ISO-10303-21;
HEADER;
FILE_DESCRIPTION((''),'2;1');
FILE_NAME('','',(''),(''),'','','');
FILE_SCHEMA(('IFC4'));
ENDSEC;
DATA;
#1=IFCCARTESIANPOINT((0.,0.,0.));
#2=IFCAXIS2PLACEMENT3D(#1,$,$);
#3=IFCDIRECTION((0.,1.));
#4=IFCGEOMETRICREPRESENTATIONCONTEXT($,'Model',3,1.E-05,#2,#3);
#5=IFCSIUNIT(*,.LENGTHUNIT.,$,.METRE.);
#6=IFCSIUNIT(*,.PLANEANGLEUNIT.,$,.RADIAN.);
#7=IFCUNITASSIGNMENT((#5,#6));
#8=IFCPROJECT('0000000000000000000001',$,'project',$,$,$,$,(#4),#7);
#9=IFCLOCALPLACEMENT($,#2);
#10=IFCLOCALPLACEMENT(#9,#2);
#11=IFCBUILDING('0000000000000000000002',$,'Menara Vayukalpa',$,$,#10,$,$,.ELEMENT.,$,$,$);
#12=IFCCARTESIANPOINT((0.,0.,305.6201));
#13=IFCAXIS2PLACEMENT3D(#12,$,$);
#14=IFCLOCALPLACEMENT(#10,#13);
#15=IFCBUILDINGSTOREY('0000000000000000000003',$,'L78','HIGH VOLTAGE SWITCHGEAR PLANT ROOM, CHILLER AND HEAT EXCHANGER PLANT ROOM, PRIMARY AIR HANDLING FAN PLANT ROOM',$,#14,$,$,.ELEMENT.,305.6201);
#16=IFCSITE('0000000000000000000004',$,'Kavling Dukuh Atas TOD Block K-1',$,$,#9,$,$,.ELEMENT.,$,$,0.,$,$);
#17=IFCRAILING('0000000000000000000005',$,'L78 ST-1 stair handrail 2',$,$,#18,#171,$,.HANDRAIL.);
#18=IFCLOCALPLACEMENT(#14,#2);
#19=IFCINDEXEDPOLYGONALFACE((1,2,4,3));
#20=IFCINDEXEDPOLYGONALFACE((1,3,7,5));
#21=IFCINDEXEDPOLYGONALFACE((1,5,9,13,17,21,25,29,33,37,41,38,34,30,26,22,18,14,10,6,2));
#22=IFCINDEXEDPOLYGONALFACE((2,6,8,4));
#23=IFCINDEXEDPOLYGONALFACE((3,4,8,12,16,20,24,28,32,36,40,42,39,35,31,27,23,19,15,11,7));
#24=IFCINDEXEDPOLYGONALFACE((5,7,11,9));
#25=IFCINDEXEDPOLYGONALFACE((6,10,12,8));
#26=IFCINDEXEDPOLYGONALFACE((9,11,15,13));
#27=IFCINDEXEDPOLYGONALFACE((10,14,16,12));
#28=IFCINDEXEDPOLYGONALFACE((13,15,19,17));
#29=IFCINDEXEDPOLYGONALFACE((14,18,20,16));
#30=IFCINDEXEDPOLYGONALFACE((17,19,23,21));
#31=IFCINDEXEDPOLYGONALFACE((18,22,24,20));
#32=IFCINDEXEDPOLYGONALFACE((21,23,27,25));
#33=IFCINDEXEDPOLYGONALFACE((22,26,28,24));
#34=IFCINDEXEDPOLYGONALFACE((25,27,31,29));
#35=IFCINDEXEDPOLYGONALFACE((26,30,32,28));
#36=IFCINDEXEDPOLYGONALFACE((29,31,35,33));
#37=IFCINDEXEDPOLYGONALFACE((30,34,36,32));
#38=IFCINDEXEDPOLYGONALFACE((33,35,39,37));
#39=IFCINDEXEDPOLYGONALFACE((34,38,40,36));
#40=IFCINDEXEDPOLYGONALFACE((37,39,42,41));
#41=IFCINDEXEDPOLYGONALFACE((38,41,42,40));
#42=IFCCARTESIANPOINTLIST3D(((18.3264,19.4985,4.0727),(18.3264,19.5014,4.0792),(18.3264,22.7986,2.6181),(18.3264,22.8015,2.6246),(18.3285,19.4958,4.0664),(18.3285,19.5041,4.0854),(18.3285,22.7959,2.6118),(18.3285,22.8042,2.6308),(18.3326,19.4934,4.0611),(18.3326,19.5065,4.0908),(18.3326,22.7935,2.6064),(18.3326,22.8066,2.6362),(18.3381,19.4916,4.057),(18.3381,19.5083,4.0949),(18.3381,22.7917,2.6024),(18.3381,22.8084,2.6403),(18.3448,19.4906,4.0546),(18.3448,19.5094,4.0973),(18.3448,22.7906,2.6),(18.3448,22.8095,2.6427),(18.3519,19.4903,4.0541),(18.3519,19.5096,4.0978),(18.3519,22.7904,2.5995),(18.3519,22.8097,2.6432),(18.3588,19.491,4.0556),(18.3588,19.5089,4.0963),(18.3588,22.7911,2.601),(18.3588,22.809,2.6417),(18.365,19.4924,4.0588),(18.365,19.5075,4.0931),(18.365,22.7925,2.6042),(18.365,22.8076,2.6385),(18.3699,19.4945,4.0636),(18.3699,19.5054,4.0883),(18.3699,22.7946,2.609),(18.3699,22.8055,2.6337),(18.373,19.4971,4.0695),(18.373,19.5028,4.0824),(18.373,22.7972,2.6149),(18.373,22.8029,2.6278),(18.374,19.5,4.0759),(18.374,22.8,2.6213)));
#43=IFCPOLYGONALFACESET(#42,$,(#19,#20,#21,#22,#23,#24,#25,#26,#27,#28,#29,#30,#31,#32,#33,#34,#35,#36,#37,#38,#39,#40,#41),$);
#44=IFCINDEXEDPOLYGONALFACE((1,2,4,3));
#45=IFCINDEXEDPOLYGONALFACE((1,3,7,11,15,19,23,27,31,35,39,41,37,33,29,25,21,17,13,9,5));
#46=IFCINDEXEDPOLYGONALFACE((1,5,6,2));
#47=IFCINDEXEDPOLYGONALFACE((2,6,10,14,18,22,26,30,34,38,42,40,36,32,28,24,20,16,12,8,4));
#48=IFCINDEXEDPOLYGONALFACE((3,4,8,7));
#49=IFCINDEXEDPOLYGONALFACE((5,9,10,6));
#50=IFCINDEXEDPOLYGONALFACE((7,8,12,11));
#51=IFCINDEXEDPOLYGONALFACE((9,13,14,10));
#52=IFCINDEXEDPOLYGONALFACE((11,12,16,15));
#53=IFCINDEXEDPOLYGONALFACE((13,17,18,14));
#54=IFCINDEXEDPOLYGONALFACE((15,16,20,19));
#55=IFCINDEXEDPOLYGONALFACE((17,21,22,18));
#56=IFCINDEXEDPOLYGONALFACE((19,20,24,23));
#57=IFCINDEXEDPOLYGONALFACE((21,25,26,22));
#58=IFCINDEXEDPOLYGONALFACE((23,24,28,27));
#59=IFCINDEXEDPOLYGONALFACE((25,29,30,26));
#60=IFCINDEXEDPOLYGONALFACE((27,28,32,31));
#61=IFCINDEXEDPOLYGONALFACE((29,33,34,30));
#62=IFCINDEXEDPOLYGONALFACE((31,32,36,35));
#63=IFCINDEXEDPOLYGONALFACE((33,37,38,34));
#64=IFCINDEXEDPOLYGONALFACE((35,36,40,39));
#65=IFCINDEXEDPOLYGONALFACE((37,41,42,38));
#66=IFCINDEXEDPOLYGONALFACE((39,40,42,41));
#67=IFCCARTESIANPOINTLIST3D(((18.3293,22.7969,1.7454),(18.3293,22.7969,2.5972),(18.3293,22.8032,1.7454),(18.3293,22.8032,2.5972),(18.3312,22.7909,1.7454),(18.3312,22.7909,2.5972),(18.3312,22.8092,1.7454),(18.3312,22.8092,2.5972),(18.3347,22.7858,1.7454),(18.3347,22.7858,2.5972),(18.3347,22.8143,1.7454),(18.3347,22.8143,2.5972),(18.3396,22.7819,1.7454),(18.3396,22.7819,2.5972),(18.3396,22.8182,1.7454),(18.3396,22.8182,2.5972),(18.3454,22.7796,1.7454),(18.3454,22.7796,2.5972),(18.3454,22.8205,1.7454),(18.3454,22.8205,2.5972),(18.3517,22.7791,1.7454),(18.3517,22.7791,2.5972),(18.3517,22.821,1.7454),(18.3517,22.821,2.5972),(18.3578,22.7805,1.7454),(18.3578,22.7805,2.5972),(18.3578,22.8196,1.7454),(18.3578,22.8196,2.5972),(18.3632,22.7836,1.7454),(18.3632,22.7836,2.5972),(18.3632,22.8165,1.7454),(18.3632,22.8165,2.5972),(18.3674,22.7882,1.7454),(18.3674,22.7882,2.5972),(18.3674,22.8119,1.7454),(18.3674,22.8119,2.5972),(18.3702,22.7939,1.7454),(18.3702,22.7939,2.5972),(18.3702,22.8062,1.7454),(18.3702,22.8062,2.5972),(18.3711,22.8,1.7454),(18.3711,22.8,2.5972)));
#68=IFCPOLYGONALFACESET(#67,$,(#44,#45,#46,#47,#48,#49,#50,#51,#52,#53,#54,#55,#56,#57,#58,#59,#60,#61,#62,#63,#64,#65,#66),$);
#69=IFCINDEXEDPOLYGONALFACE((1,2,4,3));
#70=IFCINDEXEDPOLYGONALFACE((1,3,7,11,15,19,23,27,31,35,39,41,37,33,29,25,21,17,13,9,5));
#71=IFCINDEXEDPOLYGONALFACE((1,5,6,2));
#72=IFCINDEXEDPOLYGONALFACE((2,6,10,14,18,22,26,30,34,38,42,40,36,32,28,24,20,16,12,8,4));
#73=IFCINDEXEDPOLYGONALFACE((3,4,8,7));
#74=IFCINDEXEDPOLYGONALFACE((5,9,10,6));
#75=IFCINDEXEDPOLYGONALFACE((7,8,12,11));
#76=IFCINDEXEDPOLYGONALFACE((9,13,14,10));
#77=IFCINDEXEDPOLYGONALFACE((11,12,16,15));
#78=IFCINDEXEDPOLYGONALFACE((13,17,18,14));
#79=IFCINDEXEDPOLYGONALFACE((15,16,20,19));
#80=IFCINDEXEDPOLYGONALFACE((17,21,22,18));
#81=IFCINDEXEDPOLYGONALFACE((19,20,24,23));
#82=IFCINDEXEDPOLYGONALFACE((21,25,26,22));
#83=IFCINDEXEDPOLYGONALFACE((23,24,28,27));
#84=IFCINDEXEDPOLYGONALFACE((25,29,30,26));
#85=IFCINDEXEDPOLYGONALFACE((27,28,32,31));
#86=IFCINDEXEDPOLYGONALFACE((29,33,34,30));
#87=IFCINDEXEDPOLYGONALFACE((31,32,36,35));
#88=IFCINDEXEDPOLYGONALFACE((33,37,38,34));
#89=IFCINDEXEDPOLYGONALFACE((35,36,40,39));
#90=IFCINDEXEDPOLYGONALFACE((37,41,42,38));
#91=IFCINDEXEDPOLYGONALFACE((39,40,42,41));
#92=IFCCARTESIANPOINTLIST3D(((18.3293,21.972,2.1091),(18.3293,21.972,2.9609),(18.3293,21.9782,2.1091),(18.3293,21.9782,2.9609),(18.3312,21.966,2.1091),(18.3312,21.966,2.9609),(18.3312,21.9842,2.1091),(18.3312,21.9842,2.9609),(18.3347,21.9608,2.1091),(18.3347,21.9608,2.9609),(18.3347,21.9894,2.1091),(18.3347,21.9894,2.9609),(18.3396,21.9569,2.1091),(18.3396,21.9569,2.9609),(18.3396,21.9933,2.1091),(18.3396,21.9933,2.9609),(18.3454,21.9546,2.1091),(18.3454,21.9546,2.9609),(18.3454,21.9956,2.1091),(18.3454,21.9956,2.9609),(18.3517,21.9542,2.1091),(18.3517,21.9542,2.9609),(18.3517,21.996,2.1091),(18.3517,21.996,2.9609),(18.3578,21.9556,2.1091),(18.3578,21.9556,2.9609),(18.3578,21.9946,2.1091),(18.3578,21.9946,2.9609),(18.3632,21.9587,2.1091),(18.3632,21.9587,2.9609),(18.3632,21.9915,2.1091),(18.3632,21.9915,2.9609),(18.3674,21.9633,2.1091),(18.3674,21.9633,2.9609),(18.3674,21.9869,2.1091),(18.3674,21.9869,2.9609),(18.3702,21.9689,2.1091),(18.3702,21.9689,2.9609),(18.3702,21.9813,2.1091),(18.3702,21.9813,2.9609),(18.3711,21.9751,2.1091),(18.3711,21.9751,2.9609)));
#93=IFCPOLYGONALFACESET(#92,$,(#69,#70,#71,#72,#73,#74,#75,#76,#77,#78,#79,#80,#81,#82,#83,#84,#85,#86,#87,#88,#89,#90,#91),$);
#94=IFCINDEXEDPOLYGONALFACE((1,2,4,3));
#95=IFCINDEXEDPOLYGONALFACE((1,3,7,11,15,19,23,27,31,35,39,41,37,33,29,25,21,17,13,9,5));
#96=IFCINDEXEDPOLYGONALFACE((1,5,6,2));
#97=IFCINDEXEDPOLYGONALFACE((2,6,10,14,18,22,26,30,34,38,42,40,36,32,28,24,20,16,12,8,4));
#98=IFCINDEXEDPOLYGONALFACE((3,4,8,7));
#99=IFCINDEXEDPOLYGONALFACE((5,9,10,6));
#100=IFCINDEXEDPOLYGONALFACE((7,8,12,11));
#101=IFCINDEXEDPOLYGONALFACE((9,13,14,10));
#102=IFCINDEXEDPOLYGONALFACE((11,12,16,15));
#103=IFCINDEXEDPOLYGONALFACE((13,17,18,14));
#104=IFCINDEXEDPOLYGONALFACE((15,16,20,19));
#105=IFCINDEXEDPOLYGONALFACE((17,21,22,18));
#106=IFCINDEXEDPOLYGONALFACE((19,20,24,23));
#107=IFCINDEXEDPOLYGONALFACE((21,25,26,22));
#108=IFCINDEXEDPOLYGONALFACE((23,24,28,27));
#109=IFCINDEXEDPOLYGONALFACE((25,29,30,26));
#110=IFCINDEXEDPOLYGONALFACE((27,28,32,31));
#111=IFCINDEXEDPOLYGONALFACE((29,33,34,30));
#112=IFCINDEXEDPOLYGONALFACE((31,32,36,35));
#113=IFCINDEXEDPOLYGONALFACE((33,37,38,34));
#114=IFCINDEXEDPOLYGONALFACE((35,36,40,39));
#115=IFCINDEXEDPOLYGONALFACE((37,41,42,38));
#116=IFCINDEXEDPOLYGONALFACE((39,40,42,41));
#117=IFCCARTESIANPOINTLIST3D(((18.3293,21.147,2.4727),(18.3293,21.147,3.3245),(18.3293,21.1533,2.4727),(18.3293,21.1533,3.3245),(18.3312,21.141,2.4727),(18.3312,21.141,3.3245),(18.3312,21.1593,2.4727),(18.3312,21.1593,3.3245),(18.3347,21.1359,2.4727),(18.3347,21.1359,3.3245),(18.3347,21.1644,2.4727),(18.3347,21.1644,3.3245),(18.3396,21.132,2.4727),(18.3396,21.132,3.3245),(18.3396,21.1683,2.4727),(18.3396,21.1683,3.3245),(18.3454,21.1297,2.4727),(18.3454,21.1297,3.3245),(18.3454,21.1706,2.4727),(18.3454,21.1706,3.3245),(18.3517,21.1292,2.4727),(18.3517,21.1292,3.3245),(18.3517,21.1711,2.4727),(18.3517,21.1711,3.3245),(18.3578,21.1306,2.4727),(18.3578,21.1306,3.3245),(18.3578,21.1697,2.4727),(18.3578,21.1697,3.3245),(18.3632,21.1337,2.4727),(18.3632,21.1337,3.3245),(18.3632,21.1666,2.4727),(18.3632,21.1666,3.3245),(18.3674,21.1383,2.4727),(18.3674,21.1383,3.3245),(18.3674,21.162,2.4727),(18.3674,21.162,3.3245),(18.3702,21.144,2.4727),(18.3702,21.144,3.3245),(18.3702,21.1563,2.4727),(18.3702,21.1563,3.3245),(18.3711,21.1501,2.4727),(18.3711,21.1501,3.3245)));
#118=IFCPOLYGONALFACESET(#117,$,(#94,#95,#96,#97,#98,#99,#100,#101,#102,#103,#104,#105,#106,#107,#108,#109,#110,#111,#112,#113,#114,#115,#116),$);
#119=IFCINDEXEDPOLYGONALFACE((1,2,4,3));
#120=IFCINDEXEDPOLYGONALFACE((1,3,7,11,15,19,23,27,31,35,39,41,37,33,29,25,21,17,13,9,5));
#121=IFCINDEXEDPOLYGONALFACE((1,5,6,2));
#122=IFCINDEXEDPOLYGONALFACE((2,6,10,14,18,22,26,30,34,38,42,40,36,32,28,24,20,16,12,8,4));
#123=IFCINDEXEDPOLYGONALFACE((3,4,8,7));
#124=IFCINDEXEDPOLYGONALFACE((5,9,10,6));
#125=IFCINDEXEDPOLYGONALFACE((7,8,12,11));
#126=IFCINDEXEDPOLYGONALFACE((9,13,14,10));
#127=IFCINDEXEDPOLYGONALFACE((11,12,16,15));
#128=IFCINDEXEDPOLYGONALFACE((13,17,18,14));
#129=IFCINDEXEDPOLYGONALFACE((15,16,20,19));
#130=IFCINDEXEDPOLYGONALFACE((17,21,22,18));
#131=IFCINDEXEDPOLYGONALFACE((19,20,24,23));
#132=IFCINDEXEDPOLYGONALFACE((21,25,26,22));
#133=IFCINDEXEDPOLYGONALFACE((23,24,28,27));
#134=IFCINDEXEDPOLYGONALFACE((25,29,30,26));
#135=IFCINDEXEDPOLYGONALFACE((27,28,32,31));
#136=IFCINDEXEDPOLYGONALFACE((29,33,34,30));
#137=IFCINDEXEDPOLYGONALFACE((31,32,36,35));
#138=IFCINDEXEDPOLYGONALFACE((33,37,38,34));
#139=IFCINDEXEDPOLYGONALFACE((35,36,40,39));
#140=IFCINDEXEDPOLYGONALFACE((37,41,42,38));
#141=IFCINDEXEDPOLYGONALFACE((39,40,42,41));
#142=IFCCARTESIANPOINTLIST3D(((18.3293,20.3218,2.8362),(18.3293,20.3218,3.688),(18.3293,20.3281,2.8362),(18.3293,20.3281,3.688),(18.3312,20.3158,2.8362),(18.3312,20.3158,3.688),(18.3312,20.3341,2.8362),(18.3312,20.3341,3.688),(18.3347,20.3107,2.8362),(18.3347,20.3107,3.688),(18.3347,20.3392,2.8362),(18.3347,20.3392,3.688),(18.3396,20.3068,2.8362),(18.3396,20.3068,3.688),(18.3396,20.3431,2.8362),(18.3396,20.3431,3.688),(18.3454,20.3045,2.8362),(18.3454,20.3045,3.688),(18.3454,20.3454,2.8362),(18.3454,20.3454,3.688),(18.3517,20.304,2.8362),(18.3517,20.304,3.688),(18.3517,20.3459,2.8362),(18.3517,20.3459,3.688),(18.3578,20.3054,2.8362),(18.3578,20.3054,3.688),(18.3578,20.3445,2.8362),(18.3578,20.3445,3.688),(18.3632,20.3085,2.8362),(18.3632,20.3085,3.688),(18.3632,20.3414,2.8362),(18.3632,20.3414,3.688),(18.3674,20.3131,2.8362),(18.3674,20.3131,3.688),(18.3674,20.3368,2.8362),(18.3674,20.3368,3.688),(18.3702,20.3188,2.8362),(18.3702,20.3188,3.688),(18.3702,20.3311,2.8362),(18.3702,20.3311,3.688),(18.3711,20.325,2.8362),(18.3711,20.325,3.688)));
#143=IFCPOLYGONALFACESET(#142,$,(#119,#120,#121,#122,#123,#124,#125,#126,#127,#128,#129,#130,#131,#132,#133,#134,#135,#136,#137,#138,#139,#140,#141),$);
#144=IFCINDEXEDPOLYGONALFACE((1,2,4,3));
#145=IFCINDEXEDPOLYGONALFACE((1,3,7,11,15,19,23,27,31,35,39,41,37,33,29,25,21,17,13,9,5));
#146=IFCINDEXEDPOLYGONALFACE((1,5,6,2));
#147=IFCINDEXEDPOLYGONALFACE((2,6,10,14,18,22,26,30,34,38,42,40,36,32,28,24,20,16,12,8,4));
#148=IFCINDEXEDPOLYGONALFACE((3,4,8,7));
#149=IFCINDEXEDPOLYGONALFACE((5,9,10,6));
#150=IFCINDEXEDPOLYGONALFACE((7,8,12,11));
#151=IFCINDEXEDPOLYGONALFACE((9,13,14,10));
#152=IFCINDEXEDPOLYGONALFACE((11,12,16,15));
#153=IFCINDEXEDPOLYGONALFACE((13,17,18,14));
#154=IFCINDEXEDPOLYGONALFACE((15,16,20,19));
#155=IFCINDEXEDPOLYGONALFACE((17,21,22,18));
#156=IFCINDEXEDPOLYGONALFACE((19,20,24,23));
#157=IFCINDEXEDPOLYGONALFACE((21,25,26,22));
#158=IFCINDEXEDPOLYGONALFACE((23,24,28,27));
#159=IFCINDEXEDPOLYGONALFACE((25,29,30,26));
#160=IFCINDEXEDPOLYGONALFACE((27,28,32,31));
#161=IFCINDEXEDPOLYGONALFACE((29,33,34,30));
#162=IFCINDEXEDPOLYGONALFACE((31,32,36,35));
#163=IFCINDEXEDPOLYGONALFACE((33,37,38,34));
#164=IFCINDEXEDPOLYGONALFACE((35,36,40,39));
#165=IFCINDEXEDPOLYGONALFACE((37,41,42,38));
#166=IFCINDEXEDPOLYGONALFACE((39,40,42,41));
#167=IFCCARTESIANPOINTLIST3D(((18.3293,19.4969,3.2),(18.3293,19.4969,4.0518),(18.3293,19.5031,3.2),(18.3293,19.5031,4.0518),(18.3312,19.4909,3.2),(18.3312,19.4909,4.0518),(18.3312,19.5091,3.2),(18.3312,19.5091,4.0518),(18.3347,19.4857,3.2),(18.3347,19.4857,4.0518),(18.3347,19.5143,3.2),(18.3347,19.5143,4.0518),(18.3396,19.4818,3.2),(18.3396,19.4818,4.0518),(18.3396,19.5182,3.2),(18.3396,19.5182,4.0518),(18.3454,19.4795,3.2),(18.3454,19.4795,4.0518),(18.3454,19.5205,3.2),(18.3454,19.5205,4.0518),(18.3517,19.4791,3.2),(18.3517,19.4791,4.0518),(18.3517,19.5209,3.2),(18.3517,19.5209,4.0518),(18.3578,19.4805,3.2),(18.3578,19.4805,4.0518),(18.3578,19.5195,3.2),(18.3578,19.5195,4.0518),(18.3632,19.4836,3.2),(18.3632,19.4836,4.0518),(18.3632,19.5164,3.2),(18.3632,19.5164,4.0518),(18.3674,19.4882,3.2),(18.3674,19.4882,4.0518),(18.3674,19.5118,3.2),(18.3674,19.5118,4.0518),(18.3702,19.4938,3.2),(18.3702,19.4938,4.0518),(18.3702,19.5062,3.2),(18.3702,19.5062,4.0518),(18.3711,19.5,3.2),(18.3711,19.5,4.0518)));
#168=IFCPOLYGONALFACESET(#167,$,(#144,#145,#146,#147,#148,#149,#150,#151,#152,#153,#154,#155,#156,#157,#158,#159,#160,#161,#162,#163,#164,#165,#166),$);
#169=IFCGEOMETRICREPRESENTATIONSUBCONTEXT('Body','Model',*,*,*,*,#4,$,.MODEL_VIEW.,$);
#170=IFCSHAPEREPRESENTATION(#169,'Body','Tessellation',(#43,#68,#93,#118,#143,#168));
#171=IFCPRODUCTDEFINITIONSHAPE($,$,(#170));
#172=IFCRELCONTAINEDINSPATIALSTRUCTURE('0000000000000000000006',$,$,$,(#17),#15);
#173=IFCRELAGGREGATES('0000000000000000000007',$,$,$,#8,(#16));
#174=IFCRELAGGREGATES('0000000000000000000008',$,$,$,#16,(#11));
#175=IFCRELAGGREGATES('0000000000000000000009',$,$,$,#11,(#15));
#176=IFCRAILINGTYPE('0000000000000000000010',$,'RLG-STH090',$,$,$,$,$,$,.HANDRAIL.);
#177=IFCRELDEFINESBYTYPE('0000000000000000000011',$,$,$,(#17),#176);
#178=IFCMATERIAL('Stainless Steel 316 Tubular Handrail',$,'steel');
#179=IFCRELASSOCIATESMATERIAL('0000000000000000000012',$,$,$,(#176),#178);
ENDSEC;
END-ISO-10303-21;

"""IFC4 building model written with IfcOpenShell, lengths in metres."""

from ifc_helpers import new_model, si_unit, direction, frame, origin, origin_2d, place, context, subcontext, project, spatial, circle, extrude, material, type_object, element, save


model = new_model("IFC4")

# Units and contexts
model_context = context("Model", 3, precision=1e-05, world=origin(), true_north=direction((0.0, 1.0)))
body_context = subcontext(model_context, "Body", "Model", "MODEL_VIEW")
ifc_project = project(units=[si_unit("LENGTHUNIT", "METRE"), si_unit("PLANEANGLEUNIT", "RADIAN")], contexts=[model_context])

# Site, building, storey
site_placement = place(None, origin())
site = spatial("IfcSite", under=ifc_project, at=site_placement, Name="Kavling Dukuh Atas TOD Block K-1", CompositionType="ELEMENT", RefElevation=0.0)
building_placement = place(site_placement, origin())
building = spatial("IfcBuilding", under=site, at=building_placement, Name="Menara Vayukalpa", CompositionType="ELEMENT")
storey_placement = place(building_placement, frame((0.0, 0.0, 305.6201)))
storey = spatial("IfcBuildingStorey", under=building, at=storey_placement, Name="L78", Description="HIGH VOLTAGE SWITCHGEAR PLANT ROOM, CHILLER AND HEAT EXCHANGER PLANT ROOM, PRIMARY AIR HANDLING FAN PLANT ROOM", CompositionType="ELEMENT", Elevation=305.6201)

# Railing
ifc_material_1 = material(Name="Stainless Steel 316 Tubular Handrail", Category="steel")
railing_type_1 = type_object("IfcRailingType", Name="RLG-STH090", PredefinedType="HANDRAIL", material=ifc_material_1)
railing_1_placement = place(storey_placement, frame((18.3501, 22.8, 1.7454)))
element("IfcRailing", 1, at=railing_1_placement, inside=storey, type_object=railing_type_1, Name="L78 ST-1 stair handrail 2", PredefinedType="HANDRAIL", context=body_context, shape_type="SweptSolid", body=[
    extrude(circle(Radius=0.0239, at=origin_2d()), frame((0.0, 0.0, 0.876), z_axis=(0.0, -0.915052, 0.403335), x_axis=(1.0, 0.0, 0.0)), (0.0, 0.0, 1.0), 3.6064),
    extrude(circle(Radius=0.021, at=origin_2d()), origin(), (0.0, 0.0, 1.0), 0.8518),
    extrude(circle(Radius=0.021, at=origin_2d()), frame((0.0, -0.825, 0.3638)), (0.0, 0.0, 1.0), 0.8518),
    extrude(circle(Radius=0.021, at=origin_2d()), frame((0.0, -1.6499, 0.7273)), (0.0, 0.0, 1.0), 0.8518),
    extrude(circle(Radius=0.021, at=origin_2d()), frame((0.0, -2.4751, 1.0908)), (0.0, 0.0, 1.0), 0.8518),
    extrude(circle(Radius=0.021, at=origin_2d()), frame((0.0, -3.3, 1.4546)), (0.0, 0.0, 1.0), 0.8518),
])

save(model, "model.ifc")
